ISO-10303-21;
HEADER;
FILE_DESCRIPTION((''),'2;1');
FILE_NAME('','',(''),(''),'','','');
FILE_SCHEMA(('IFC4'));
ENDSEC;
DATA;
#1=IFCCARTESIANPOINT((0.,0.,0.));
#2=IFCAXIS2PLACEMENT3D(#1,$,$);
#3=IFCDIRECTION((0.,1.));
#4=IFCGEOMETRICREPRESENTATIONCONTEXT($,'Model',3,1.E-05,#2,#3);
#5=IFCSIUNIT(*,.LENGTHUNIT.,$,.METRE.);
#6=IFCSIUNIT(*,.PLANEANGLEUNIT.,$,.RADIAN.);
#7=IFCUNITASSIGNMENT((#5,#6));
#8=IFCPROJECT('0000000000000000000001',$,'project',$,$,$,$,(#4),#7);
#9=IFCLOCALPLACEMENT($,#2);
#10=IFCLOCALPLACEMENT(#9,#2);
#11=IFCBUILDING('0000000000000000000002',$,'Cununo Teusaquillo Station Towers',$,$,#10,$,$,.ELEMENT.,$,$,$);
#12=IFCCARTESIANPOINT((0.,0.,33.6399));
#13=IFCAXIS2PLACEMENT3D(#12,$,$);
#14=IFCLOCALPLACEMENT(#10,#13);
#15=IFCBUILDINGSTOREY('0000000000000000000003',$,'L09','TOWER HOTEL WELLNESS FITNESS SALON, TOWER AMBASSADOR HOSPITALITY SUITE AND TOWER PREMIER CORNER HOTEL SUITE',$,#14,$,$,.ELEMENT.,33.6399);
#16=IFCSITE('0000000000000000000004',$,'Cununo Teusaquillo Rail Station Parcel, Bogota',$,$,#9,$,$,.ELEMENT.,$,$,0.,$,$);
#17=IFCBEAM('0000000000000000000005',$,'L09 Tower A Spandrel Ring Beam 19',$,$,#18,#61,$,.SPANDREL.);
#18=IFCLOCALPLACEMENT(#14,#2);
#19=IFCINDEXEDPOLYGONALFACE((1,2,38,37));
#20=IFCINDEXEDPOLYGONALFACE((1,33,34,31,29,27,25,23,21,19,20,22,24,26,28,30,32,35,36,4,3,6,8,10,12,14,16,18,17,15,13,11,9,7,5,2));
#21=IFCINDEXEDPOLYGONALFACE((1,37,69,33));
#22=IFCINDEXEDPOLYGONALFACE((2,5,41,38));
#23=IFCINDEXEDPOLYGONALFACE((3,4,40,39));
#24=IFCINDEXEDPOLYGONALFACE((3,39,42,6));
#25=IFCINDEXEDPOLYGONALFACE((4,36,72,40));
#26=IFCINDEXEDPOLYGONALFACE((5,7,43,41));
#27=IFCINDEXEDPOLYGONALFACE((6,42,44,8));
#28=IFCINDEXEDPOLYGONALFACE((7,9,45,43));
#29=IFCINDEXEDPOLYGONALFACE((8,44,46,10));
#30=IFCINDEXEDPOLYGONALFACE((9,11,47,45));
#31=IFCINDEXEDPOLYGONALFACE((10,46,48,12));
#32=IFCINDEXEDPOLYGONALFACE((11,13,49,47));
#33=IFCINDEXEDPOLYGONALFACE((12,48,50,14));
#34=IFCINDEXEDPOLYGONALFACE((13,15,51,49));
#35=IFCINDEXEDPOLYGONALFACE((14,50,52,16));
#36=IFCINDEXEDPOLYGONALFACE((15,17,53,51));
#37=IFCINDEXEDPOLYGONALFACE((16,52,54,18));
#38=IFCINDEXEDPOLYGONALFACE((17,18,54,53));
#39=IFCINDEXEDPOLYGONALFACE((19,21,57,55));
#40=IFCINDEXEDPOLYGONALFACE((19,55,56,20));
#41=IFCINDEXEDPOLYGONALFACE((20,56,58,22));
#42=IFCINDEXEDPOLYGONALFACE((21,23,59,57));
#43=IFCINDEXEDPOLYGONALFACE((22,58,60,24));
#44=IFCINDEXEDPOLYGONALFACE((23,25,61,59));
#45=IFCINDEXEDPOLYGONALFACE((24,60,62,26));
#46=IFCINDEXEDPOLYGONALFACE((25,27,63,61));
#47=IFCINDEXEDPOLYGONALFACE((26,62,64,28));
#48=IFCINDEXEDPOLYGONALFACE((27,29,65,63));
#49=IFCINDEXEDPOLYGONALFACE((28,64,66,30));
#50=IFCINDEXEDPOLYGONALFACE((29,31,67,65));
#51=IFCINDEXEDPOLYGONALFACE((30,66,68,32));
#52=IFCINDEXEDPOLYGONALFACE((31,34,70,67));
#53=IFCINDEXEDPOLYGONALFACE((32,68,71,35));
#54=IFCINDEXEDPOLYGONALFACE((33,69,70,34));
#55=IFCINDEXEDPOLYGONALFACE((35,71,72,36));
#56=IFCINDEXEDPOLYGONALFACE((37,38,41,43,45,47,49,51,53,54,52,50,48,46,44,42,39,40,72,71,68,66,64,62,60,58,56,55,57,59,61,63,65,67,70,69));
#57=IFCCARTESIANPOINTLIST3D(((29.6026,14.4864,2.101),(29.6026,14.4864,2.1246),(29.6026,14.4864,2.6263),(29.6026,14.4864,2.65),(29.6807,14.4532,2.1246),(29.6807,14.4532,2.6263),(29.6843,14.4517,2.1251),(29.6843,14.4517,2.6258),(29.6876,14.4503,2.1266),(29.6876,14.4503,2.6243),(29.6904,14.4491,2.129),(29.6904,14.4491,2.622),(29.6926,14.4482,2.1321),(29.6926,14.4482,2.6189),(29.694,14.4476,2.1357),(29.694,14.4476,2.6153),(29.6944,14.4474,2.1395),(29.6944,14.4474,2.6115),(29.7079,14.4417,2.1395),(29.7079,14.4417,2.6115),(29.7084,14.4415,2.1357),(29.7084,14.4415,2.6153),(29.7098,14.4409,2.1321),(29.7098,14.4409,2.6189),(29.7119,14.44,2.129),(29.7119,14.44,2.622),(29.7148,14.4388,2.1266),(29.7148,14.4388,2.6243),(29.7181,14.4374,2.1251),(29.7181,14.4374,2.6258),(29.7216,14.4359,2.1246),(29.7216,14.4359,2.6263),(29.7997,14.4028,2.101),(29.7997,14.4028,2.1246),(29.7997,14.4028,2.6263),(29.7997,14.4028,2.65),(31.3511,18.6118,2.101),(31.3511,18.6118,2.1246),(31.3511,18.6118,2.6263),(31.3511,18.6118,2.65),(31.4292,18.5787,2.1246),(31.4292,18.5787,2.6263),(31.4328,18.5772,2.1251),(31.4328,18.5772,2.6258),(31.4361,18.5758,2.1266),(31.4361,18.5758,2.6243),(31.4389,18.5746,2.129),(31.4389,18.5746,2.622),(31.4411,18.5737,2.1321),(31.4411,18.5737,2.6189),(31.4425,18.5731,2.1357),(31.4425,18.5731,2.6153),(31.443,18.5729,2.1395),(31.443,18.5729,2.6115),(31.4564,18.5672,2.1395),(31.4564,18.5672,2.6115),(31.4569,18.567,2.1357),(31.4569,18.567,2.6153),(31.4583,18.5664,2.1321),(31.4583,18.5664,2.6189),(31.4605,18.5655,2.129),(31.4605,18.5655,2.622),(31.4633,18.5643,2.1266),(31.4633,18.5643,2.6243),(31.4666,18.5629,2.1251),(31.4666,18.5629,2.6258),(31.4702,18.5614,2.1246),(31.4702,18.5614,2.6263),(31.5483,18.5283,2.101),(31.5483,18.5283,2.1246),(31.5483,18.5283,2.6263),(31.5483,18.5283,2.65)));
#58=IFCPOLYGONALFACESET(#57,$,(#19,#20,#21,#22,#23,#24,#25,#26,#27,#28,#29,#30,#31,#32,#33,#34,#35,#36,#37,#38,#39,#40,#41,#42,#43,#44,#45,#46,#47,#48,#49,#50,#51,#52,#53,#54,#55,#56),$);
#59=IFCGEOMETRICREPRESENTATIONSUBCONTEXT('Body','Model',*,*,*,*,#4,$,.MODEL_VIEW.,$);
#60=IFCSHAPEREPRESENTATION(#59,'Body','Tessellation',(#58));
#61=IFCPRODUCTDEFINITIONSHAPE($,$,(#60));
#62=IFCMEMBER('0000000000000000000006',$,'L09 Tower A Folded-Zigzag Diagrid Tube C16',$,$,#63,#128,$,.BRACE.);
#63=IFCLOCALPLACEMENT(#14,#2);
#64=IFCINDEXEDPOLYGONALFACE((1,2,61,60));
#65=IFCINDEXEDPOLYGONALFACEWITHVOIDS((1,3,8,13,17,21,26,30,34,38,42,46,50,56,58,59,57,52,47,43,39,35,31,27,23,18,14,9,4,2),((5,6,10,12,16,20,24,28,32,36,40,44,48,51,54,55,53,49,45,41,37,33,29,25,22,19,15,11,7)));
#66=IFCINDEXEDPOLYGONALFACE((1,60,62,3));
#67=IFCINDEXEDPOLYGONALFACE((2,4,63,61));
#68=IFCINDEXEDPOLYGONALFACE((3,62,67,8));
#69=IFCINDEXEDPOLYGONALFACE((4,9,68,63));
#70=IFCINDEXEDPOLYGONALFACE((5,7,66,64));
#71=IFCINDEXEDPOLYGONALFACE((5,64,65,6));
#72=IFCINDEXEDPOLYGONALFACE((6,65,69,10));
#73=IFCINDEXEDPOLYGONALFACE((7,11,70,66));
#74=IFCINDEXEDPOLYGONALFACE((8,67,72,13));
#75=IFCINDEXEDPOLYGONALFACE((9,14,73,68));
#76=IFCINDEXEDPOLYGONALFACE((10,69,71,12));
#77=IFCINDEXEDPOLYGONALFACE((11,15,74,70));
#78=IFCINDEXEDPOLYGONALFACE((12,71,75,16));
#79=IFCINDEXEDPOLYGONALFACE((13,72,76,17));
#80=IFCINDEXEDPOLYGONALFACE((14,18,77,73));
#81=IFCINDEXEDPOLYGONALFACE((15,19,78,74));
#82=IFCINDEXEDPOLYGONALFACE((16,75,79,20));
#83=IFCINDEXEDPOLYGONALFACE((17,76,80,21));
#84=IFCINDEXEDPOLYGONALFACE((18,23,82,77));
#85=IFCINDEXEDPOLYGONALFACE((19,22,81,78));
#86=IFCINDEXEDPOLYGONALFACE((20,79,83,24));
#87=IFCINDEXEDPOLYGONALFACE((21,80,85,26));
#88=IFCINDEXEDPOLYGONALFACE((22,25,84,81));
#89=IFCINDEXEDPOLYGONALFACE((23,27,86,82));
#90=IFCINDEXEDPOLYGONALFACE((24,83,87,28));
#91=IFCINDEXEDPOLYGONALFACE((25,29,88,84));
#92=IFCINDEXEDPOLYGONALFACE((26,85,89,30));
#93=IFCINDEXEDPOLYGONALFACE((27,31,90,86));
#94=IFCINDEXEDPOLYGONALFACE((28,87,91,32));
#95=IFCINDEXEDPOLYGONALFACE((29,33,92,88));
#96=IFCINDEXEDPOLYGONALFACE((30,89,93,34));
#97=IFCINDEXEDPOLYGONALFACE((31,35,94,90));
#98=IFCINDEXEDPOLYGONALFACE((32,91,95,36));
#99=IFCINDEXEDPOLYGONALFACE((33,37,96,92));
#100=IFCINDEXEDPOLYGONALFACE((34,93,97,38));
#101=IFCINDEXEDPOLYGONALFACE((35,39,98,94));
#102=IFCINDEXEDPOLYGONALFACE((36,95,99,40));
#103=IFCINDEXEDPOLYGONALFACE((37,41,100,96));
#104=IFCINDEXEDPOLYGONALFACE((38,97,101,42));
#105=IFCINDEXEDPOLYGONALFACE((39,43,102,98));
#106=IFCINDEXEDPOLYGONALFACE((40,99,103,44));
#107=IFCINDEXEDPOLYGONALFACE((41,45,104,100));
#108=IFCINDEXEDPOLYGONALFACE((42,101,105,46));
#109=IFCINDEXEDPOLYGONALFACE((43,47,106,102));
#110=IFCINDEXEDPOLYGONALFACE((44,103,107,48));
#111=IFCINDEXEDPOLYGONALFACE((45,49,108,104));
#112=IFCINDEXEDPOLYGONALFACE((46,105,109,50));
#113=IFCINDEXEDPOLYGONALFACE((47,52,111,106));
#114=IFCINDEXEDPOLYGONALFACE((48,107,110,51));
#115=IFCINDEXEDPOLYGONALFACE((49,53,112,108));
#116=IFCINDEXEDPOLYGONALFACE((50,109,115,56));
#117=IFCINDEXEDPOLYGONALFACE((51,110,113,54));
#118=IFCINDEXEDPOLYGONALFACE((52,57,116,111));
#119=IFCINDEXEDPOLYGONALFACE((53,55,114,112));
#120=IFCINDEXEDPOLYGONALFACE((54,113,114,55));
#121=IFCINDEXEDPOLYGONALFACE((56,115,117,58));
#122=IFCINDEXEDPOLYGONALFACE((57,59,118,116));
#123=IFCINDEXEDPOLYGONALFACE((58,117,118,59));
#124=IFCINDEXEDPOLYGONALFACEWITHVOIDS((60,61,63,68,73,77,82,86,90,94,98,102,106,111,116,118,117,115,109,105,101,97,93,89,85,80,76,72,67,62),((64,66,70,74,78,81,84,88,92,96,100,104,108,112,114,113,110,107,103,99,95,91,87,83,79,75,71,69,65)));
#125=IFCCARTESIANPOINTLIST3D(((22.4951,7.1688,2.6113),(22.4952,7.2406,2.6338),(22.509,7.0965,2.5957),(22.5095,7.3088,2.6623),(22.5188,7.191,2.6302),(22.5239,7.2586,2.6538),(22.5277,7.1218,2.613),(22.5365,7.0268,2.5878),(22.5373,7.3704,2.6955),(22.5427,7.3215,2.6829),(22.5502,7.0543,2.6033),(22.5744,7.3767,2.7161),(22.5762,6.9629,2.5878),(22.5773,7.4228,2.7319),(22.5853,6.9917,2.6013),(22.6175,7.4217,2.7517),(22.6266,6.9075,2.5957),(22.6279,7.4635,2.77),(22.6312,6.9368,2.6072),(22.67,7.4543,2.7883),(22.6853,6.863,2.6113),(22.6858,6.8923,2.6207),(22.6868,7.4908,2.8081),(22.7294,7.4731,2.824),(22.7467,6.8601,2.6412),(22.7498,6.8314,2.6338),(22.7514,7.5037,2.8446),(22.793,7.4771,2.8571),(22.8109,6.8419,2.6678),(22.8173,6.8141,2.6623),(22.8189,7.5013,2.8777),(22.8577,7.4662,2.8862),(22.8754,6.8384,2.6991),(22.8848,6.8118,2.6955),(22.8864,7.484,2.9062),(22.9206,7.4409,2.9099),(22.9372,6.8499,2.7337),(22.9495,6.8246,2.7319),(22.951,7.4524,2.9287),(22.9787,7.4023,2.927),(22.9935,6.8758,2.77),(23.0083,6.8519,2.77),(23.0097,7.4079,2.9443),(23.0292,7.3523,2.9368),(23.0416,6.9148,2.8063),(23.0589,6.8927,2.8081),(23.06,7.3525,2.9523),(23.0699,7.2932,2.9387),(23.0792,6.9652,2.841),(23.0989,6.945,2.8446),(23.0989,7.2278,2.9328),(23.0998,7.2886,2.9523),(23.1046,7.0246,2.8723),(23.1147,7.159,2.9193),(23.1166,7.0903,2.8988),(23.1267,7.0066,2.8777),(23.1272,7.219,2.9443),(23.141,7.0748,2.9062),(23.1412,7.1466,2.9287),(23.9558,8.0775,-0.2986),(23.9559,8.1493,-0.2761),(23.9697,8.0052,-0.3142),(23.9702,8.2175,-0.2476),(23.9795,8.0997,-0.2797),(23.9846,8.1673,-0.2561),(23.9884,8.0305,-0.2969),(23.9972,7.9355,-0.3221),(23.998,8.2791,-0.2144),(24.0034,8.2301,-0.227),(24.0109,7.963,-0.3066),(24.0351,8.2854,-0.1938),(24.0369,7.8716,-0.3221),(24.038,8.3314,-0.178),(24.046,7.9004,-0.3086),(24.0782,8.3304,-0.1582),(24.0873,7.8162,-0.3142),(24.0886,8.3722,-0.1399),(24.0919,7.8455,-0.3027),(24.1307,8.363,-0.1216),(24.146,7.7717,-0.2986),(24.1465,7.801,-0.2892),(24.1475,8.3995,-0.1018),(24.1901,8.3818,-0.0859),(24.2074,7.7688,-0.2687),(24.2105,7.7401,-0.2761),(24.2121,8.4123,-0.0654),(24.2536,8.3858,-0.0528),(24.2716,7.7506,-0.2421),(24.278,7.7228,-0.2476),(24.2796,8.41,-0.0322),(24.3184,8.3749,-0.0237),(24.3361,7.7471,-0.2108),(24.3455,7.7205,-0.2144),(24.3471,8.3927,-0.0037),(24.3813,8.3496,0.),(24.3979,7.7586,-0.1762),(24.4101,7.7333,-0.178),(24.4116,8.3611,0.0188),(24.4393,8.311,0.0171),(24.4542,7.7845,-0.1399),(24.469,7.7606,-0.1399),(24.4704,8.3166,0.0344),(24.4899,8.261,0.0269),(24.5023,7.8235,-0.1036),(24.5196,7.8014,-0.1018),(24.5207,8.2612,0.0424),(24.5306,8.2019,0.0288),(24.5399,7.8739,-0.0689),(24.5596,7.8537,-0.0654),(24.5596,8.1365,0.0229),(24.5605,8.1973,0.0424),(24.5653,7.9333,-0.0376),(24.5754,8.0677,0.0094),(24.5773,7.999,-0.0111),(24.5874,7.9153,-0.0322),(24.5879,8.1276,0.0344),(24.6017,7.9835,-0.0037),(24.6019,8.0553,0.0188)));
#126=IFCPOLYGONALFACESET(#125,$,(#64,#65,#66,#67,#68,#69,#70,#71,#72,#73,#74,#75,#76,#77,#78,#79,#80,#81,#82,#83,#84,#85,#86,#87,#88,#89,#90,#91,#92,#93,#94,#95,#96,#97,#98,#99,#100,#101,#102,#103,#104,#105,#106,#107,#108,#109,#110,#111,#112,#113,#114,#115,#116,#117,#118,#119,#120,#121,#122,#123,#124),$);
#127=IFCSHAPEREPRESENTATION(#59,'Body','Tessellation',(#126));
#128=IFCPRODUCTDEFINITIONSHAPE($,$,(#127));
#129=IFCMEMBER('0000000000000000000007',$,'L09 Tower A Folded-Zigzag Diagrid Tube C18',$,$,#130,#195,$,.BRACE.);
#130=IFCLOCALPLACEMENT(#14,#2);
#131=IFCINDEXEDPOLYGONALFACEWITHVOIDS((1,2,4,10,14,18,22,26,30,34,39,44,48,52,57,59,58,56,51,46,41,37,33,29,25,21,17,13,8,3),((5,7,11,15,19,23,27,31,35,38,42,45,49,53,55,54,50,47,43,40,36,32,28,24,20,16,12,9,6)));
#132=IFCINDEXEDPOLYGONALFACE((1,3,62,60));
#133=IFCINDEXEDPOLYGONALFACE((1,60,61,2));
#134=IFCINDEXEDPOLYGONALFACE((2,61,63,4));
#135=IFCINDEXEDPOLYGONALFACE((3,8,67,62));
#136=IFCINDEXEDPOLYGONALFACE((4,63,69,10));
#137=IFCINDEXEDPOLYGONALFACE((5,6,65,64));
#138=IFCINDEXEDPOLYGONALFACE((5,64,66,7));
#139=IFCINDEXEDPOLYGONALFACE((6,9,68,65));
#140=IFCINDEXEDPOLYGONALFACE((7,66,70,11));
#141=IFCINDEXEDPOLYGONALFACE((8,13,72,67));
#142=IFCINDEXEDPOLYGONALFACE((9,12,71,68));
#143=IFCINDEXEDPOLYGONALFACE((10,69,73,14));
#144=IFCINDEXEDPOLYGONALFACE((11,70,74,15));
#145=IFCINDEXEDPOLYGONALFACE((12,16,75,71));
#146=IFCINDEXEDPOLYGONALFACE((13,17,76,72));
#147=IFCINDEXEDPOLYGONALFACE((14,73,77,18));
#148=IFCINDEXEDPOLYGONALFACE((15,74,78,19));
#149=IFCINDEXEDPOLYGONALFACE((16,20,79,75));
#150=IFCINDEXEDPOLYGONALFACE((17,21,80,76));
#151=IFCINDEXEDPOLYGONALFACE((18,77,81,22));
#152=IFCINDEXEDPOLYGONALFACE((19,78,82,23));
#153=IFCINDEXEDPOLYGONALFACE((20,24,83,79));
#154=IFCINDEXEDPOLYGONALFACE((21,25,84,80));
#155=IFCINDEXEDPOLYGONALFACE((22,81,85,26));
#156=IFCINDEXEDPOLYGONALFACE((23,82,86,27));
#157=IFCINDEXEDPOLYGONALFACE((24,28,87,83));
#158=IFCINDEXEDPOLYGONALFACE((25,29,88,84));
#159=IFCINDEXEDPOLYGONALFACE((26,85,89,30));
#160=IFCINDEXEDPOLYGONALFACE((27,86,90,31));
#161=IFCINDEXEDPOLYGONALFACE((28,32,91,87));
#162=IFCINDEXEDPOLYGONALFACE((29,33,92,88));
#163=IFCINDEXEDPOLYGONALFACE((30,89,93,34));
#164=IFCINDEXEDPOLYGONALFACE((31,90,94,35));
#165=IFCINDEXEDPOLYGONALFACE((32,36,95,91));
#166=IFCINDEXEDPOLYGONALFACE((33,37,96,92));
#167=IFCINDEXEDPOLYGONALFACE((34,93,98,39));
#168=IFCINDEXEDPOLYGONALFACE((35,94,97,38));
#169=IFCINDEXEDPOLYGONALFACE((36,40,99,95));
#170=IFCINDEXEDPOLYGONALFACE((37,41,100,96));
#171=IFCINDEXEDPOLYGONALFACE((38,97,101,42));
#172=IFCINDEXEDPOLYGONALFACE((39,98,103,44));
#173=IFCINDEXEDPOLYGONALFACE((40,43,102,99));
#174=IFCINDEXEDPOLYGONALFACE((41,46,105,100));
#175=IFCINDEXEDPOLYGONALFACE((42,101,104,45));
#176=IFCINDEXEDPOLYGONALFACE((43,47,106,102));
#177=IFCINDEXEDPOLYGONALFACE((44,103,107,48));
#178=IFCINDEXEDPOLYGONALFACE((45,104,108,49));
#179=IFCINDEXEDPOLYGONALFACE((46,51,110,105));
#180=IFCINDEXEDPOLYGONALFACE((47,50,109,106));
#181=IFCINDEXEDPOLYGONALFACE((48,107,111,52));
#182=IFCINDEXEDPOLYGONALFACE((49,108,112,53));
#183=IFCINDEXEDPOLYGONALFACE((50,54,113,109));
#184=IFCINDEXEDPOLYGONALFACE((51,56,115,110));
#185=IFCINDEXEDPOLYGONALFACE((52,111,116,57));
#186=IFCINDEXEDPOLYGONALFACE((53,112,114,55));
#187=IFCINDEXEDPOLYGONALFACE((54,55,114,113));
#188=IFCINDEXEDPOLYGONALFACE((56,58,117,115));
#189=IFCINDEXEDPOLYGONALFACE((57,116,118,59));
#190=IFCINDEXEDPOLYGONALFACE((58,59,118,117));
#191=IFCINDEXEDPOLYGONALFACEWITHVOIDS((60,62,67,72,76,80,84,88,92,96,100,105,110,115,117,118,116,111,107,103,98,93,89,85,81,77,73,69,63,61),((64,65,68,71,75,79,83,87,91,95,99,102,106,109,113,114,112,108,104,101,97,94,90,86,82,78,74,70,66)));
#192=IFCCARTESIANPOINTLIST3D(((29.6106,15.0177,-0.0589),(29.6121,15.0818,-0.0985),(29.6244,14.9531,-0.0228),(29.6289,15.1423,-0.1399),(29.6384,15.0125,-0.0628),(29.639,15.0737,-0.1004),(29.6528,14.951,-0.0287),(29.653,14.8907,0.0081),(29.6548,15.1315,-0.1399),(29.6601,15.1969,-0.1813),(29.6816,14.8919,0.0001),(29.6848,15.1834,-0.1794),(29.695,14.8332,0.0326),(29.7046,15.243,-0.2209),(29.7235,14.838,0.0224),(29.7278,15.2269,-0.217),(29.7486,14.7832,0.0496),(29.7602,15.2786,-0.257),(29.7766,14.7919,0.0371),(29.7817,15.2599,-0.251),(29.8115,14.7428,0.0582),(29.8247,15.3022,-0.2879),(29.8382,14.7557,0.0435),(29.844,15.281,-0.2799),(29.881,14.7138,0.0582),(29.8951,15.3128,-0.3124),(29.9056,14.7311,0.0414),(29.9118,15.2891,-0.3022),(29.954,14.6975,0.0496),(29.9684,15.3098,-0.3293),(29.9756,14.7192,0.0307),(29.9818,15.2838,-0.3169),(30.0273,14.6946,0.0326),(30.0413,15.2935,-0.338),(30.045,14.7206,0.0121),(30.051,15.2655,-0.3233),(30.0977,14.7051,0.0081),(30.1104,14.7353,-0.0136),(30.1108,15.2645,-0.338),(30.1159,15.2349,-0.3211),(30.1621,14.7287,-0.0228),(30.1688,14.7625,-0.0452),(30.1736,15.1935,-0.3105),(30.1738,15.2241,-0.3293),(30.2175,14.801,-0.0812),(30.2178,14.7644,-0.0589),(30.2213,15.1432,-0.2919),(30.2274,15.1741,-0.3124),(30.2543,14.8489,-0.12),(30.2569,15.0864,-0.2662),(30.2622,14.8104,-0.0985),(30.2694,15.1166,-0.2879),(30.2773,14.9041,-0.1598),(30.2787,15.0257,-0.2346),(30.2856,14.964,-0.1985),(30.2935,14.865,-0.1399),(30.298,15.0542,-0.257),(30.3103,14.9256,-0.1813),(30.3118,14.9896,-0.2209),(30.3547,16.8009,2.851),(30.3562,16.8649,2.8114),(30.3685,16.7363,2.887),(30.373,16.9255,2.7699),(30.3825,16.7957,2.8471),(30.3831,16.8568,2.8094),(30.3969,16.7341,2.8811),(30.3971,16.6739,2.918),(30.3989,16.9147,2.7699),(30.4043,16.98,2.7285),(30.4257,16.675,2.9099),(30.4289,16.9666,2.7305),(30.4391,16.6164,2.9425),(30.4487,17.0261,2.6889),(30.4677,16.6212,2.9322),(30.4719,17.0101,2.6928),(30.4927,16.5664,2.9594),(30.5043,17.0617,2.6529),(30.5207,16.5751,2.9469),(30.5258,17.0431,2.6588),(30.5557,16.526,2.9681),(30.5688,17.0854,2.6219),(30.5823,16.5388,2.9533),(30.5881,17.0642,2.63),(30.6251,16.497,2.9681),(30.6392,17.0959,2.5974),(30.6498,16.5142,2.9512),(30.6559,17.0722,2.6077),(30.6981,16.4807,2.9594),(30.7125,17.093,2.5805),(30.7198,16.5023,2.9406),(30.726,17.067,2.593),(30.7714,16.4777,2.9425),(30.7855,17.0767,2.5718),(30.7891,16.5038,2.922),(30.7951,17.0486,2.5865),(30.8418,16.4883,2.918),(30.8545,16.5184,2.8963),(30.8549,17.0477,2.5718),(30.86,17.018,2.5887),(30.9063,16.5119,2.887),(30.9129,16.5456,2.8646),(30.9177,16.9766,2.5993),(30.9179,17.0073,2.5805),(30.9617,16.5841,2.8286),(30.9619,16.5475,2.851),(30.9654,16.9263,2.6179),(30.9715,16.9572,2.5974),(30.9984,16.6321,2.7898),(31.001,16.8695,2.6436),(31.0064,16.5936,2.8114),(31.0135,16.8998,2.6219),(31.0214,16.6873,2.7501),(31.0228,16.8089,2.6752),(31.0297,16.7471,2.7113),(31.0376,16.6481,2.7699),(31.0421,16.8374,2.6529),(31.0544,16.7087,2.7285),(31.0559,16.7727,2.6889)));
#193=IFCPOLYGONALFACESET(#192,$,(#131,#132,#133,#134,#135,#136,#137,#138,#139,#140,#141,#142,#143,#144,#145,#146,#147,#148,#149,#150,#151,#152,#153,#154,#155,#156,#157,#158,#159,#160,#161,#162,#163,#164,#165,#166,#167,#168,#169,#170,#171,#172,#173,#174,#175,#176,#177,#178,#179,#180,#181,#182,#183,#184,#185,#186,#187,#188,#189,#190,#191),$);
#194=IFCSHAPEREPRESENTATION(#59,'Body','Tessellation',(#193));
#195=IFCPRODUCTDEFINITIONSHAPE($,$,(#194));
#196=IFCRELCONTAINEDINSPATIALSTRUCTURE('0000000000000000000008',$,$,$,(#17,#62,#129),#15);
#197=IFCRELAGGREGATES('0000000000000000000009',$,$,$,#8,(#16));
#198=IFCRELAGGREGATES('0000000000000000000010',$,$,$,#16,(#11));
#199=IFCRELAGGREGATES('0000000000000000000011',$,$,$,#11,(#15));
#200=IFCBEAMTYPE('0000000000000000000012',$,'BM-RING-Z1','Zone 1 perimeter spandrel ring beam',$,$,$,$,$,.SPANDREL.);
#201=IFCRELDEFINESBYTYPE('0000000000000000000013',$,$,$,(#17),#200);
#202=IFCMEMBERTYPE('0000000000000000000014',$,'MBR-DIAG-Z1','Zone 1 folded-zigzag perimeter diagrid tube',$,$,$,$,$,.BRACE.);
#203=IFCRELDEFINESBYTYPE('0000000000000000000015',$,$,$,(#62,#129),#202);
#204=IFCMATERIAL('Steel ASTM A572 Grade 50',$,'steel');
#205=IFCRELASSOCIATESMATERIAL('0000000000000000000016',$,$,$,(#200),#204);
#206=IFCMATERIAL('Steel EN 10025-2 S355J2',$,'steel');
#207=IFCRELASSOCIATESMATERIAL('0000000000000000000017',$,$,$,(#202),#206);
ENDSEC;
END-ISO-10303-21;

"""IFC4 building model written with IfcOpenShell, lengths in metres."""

from ifc_helpers import new_model, si_unit, direction, frame, origin, origin_2d, place, context, subcontext, project, spatial, hollow_circle, i_section, extrude, material, material_profile, profile_set, type_object, element, save


model = new_model("IFC4")

# Units and contexts
model_context = context("Model", 3, precision=1e-05, world=origin(), true_north=direction((0.0, 1.0)))
body_context = subcontext(model_context, "Body", "Model", "MODEL_VIEW")
ifc_project = project(units=[si_unit("LENGTHUNIT", "METRE"), si_unit("PLANEANGLEUNIT", "RADIAN")], contexts=[model_context])

# Site, building, storey
site_placement = place(None, origin())
site = spatial("IfcSite", under=ifc_project, at=site_placement, Name="Cununo Teusaquillo Rail Station Parcel, Bogota", CompositionType="ELEMENT", RefElevation=0.0)
building_placement = place(site_placement, origin())
building = spatial("IfcBuilding", under=site, at=building_placement, Name="Cununo Teusaquillo Station Towers", CompositionType="ELEMENT")
storey_placement = place(building_placement, frame((0.0, 0.0, 33.6399)))
storey = spatial("IfcBuildingStorey", under=building, at=storey_placement, Name="L09", Description="TOWER HOTEL WELLNESS FITNESS SALON, TOWER AMBASSADOR HOSPITALITY SUITE AND TOWER PREMIER CORNER HOTEL SUITE", CompositionType="ELEMENT", Elevation=33.6399)

# Beam
ifc_material_1 = material(Name="Steel ASTM A572 Grade 50", Category="steel")
ifc_material_profile_1 = material_profile(ifc_material_1, i_section(OverallWidth=0.2141, OverallDepth=0.5491, WebThickness=0.0146, FlangeThickness=0.0237, FilletRadius=0.0149, at=origin_2d()), Name="W21X93")
ifc_profile_set_1 = profile_set([ifc_material_profile_1], Name="Steel ASTM A572 Grade 50")
beam_type = type_object("IfcBeamType", Name="BM-RING-Z1", Description="Zone 1 perimeter spandrel ring beam", PredefinedType="SPANDREL", material=ifc_profile_set_1)
beam_1_placement = place(storey_placement, frame((29.7012, 14.4446, 2.3755), z_axis=(0.390234, 0.920716, 0.0), x_axis=(-0.920716, 0.390234, 0.0)))
element("IfcBeam", 1, at=beam_1_placement, inside=storey, type_object=beam_type, Name="L09 Tower A Spandrel Ring Beam 19", PredefinedType="SPANDREL", context=body_context, shape_type="SweptSolid", body=[
    extrude(i_section(OverallWidth=0.2141, OverallDepth=0.5491, WebThickness=0.0146, FlangeThickness=0.0237, FilletRadius=0.0149, at=origin_2d()), origin(), (0.0, 0.0, 1.0), 4.4807),
])

# Members
ifc_material_2 = material(Name="Steel EN 10025-2 S355J2", Category="steel")
ifc_material_profile_2 = material_profile(ifc_material_2, hollow_circle(Radius=0.3601, WallThickness=0.0281, at=origin_2d()), Name="CHS 720x28")
ifc_profile_set_2 = profile_set([ifc_material_profile_2], Name="Steel EN 10025-2 S355J2")
member_type = type_object("IfcMemberType", Name="MBR-DIAG-Z1", Description="Zone 1 folded-zigzag perimeter diagrid tube", PredefinedType="BRACE", material=ifc_profile_set_2)
member_1_placement = place(storey_placement, frame((24.2788, 8.0664, -0.1399), z_axis=(-0.43211, -0.268814, 0.860825), x_axis=(0.528225, -0.849105, 0.0)))
element("IfcMember", 2, at=member_1_placement, inside=storey, type_object=member_type, Name="L09 Tower A Folded-Zigzag Diagrid Tube C16", PredefinedType="BRACE", context=body_context, shape_type="SweptSolid", body=[
    extrude(hollow_circle(Radius=0.3601, WallThickness=0.0281, at=origin_2d()), origin(), (0.0, 0.0, 1.0), 3.3804),
])
member_2_placement = place(storey_placement, frame((29.9612, 15.0037, -0.1399), z_axis=(0.213037, 0.510506, 0.833066), x_axis=(-0.922867, 0.385118, 0.0)))
element("IfcMember", 3, at=member_2_placement, inside=storey, type_object=member_type, Name="L09 Tower A Folded-Zigzag Diagrid Tube C18", PredefinedType="BRACE", context=body_context, shape_type="SweptSolid", body=[
    extrude(hollow_circle(Radius=0.3601, WallThickness=0.0281, at=origin_2d()), origin(), (0.0, 0.0, 1.0), 3.4929),
])

save(model, "model.ifc")
